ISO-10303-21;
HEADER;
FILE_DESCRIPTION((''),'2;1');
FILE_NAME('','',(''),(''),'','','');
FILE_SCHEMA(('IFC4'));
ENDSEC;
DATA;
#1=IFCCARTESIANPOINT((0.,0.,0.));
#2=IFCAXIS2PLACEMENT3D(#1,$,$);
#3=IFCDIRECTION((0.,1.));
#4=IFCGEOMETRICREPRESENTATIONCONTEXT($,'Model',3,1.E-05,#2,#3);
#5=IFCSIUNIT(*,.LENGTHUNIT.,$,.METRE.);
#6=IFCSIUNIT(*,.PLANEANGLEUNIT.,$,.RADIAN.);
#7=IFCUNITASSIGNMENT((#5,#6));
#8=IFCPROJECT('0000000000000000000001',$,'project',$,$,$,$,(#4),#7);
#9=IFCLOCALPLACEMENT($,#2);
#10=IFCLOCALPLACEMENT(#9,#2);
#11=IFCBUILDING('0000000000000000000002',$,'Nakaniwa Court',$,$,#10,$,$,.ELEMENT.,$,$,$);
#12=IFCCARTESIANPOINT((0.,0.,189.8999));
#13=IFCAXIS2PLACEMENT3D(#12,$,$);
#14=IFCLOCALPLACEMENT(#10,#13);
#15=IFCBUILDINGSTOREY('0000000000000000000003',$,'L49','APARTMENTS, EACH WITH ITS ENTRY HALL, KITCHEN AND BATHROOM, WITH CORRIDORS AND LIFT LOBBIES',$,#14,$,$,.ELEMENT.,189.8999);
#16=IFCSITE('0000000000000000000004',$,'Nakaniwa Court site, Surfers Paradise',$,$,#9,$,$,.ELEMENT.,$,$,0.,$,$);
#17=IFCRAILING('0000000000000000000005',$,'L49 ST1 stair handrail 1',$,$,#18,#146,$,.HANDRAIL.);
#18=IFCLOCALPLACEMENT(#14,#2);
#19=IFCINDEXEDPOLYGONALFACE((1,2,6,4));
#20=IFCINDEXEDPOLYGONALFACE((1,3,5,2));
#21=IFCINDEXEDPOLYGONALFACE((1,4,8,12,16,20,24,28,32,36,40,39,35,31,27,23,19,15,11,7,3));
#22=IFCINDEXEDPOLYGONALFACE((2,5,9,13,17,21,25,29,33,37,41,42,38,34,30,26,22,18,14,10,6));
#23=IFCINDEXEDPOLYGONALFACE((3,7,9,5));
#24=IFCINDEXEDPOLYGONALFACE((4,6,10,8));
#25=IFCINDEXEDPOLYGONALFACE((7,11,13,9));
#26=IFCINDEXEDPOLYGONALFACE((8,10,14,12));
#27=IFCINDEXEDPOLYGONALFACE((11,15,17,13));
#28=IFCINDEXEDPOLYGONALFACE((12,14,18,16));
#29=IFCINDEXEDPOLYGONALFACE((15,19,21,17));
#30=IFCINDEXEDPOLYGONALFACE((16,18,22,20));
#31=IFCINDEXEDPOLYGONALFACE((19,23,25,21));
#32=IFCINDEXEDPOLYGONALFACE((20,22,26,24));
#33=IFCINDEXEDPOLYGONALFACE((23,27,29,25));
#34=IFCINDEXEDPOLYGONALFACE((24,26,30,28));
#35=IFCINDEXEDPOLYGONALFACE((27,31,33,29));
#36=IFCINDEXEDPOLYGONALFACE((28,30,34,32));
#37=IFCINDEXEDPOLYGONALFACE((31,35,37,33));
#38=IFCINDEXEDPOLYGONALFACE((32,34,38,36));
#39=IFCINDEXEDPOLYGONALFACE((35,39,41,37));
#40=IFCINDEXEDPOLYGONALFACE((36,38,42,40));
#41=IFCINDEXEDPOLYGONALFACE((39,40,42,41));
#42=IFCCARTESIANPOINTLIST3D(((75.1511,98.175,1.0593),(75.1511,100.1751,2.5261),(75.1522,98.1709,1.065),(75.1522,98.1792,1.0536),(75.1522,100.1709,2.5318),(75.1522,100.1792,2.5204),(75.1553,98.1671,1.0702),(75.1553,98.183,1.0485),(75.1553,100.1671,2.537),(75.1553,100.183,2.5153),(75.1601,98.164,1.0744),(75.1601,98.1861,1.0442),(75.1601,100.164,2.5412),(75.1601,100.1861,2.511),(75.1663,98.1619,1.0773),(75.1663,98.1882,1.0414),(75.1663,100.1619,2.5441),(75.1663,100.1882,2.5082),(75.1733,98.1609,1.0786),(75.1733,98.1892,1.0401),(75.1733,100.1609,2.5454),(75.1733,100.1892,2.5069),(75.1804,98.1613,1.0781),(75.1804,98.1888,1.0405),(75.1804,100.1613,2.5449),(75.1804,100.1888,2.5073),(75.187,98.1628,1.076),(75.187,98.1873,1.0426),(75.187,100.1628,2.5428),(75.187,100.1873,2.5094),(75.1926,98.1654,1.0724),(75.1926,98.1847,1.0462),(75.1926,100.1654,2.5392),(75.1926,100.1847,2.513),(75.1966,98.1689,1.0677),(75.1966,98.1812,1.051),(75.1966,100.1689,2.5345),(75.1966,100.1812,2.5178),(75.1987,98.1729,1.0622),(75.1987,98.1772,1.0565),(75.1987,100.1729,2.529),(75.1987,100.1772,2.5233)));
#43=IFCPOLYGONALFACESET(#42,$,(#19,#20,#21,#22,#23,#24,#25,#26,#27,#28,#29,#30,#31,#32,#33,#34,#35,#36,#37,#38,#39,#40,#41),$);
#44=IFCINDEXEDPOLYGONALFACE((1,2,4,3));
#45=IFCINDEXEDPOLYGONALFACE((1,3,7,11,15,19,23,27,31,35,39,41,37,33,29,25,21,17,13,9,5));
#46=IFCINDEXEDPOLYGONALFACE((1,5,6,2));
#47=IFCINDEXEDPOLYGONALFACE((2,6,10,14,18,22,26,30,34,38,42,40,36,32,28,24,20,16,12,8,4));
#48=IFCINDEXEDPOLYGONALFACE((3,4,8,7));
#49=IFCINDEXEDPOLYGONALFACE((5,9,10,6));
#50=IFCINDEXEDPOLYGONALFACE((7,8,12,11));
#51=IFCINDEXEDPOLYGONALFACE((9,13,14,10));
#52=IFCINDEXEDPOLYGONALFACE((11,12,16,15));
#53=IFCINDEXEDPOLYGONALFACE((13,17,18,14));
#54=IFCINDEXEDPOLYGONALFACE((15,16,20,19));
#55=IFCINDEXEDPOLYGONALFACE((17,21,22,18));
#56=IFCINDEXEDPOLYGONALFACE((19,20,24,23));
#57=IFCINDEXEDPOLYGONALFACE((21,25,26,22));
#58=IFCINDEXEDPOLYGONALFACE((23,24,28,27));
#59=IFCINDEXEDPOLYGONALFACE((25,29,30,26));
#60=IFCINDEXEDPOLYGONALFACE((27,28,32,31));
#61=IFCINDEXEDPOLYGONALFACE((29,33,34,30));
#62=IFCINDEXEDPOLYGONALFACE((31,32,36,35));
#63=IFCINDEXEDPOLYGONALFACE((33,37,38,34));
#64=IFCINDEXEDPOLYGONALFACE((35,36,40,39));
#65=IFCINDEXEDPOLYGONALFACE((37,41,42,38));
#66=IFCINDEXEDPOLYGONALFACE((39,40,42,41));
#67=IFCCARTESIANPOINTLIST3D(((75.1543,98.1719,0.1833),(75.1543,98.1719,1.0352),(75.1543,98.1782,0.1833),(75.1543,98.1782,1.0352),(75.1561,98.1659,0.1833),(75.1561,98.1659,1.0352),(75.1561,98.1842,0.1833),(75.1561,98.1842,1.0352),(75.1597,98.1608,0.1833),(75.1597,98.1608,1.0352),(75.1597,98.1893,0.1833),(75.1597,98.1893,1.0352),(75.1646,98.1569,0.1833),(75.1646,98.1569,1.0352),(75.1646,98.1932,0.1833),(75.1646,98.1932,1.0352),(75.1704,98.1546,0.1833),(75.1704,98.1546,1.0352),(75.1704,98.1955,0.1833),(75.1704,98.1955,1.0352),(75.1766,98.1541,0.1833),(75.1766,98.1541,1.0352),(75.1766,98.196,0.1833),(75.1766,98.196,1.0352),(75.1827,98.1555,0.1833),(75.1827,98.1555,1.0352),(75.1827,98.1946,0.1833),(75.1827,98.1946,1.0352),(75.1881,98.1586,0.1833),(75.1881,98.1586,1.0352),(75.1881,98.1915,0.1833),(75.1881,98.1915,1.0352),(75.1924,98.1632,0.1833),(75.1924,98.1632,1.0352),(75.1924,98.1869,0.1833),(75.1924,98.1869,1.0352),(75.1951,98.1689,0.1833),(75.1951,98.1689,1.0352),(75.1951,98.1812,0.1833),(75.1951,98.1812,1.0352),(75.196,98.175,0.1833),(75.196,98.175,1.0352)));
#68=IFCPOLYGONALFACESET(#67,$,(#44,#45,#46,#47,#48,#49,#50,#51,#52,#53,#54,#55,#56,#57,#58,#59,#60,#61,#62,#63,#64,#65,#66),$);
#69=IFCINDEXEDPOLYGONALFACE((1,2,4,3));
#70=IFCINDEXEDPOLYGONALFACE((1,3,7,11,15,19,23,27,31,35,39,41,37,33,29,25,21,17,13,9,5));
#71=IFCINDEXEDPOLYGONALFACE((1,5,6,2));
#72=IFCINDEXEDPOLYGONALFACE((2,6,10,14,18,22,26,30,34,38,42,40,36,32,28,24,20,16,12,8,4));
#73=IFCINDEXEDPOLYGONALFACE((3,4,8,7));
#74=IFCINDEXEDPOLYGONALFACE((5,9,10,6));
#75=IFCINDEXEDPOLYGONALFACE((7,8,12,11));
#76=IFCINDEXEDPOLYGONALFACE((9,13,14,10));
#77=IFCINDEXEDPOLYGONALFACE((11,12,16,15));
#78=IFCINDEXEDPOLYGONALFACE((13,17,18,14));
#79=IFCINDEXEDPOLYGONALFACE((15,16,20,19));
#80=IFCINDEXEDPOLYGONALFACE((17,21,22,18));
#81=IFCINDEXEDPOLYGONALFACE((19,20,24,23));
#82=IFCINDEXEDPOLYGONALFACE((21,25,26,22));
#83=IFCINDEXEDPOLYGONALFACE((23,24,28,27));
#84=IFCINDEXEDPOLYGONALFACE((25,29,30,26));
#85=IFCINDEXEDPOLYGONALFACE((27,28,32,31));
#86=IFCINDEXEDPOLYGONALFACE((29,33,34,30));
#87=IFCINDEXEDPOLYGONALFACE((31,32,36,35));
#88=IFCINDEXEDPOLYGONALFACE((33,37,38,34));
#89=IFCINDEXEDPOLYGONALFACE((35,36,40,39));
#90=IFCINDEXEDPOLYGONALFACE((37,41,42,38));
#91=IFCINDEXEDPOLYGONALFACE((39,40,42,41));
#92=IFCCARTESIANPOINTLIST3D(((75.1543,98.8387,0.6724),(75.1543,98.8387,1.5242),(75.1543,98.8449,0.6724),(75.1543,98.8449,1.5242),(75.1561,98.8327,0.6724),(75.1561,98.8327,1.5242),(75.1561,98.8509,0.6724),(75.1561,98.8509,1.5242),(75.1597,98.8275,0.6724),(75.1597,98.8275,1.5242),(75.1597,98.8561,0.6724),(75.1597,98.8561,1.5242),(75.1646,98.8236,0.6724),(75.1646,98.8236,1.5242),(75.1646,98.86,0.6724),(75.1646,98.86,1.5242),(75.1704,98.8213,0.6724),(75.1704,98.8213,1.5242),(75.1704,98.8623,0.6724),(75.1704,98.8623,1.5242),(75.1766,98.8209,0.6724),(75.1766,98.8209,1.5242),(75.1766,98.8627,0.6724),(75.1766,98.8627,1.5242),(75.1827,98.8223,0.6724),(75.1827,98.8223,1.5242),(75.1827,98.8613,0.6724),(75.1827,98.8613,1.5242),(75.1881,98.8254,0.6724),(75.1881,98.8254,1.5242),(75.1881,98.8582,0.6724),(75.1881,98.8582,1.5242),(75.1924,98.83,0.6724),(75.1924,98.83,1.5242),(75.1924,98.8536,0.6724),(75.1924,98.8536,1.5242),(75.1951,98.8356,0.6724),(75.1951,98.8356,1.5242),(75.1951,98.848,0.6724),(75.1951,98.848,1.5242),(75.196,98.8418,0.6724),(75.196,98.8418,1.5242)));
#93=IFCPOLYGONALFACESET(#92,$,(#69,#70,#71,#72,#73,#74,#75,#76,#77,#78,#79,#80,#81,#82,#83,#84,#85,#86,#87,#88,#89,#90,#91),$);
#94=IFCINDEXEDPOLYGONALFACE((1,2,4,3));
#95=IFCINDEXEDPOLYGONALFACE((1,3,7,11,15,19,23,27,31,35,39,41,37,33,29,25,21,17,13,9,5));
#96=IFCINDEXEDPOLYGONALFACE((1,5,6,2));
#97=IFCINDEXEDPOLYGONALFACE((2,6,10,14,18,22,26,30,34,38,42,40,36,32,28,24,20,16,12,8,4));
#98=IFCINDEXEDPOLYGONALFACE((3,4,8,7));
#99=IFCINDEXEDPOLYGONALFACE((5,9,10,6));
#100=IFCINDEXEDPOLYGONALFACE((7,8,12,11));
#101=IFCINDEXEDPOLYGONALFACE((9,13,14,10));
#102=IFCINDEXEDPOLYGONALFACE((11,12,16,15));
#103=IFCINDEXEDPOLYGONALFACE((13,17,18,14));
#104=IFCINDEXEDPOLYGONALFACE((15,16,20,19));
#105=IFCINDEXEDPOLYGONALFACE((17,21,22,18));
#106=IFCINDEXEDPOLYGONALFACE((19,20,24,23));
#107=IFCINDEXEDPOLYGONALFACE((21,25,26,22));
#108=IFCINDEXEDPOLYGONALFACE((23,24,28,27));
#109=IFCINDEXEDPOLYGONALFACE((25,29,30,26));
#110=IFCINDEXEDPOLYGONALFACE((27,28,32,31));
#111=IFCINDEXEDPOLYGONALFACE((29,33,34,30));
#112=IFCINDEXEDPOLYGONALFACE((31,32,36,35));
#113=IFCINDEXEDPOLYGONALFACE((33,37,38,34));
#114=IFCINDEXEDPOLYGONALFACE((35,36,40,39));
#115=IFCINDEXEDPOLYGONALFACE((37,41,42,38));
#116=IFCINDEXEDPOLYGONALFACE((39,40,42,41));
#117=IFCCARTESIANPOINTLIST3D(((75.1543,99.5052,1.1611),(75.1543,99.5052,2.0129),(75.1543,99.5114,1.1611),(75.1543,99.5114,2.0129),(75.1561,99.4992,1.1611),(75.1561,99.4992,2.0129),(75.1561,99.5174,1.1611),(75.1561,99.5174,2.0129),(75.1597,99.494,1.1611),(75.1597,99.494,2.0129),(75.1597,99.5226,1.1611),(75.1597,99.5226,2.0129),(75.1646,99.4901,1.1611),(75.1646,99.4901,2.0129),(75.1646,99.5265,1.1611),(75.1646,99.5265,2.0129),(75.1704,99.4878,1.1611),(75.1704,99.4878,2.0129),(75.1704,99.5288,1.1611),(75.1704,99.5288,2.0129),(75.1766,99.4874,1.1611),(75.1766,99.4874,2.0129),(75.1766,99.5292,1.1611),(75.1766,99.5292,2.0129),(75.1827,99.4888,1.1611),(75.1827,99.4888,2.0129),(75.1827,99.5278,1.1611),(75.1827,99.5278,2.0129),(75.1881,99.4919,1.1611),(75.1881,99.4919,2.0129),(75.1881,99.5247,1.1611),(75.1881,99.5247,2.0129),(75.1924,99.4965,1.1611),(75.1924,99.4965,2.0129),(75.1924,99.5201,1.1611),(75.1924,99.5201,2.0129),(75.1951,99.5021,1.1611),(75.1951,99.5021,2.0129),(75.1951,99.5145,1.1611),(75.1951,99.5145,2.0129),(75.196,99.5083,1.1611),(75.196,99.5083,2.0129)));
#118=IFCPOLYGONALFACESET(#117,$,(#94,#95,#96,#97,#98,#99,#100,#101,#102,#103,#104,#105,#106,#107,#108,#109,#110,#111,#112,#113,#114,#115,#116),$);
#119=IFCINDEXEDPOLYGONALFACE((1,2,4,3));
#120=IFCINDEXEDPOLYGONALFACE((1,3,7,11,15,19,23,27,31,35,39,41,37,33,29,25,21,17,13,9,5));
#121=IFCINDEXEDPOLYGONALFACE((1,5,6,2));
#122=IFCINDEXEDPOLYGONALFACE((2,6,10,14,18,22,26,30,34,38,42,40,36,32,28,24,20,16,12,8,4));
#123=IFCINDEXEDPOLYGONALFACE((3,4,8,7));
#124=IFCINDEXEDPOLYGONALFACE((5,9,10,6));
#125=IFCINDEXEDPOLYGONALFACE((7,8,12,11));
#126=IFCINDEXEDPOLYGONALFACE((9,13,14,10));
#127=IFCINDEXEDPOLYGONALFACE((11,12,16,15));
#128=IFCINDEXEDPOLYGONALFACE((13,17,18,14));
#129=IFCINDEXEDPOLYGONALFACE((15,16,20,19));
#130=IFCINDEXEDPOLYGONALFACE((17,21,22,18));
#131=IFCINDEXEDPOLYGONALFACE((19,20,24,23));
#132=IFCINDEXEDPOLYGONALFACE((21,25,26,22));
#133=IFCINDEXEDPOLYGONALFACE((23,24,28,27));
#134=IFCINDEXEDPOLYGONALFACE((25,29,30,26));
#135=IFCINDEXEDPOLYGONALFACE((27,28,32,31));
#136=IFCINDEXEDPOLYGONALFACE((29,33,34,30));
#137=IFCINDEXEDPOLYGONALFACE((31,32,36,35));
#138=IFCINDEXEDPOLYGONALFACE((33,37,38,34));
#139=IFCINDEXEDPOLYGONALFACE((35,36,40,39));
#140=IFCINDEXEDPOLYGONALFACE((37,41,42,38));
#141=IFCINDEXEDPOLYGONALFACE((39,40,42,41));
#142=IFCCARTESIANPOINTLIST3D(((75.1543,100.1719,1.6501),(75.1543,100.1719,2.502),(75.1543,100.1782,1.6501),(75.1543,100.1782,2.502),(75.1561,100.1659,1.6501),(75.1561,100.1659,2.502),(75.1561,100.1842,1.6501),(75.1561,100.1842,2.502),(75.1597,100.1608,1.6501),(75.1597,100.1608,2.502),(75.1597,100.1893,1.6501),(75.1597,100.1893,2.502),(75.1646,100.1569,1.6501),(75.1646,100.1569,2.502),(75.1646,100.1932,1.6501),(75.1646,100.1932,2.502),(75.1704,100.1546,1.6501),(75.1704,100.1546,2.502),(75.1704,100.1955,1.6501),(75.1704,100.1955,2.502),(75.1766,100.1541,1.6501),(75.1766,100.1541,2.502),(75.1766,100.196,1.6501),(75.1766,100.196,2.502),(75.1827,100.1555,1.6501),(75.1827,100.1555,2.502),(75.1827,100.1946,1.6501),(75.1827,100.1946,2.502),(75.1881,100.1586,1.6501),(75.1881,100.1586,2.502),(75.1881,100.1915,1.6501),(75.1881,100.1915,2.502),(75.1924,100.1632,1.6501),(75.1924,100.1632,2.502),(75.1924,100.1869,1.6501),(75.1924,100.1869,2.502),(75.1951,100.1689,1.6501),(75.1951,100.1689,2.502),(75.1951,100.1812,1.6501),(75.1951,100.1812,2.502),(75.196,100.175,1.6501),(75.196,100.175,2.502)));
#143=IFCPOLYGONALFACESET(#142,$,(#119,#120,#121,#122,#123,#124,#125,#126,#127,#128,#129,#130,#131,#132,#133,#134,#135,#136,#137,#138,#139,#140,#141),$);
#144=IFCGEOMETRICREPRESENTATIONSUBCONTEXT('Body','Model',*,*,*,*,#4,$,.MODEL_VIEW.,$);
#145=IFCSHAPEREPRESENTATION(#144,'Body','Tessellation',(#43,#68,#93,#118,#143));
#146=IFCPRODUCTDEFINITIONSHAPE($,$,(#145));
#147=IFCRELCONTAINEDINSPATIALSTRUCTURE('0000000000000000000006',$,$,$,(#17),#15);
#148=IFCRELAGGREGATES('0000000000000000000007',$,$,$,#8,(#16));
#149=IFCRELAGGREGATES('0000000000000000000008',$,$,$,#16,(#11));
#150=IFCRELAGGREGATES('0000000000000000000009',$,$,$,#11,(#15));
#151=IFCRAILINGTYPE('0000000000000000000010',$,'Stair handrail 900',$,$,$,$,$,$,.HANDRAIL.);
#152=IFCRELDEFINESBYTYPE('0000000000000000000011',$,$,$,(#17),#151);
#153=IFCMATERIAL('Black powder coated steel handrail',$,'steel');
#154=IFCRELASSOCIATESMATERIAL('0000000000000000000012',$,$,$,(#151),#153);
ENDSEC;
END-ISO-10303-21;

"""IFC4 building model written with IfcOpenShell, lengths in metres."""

from ifc_helpers import new_model, si_unit, direction, frame, origin, origin_2d, place, context, subcontext, project, spatial, circle, extrude, material, type_object, element, save


model = new_model("IFC4")

# Units and contexts
model_context = context("Model", 3, precision=1e-05, world=origin(), true_north=direction((0.0, 1.0)))
body_context = subcontext(model_context, "Body", "Model", "MODEL_VIEW")
ifc_project = project(units=[si_unit("LENGTHUNIT", "METRE"), si_unit("PLANEANGLEUNIT", "RADIAN")], contexts=[model_context])

# Site, building, storey
site_placement = place(None, origin())
site = spatial("IfcSite", under=ifc_project, at=site_placement, Name="Nakaniwa Court site, Surfers Paradise", CompositionType="ELEMENT", RefElevation=0.0)
building_placement = place(site_placement, origin())
building = spatial("IfcBuilding", under=site, at=building_placement, Name="Nakaniwa Court", CompositionType="ELEMENT")
storey_placement = place(building_placement, frame((0.0, 0.0, 189.8999)))
storey = spatial("IfcBuildingStorey", under=building, at=storey_placement, Name="L49", Description="APARTMENTS, EACH WITH ITS ENTRY HALL, KITCHEN AND BATHROOM, WITH CORRIDORS AND LIFT LOBBIES", CompositionType="ELEMENT", Elevation=189.8999)

# Railing
ifc_material_1 = material(Name="Black powder coated steel handrail", Category="steel")
railing_type_1 = type_object("IfcRailingType", Name="Stair handrail 900", PredefinedType="HANDRAIL", material=ifc_material_1)
railing_1_placement = place(storey_placement, frame((75.175, 98.175, 0.1833)))
element("IfcRailing", 1, at=railing_1_placement, inside=storey, type_object=railing_type_1, Name="L49 ST1 stair handrail 1", PredefinedType="HANDRAIL", context=body_context, shape_type="SweptSolid", body=[
    extrude(circle(Radius=0.0239, at=origin_2d()), frame((0.0, 0.0, 0.876), z_axis=(0.0, 0.80638, 0.591398), x_axis=(-1.0, 0.0, 0.0)), (0.0, 0.0, 1.0), 2.4802),
    extrude(circle(Radius=0.021, at=origin_2d()), origin(), (0.0, 0.0, 1.0), 0.8518),
    extrude(circle(Radius=0.021, at=origin_2d()), frame((0.0, 0.6667, 0.489)), (0.0, 0.0, 1.0), 0.8518),
    extrude(circle(Radius=0.021, at=origin_2d()), frame((0.0, 1.3333, 0.9778)), (0.0, 0.0, 1.0), 0.8518),
    extrude(circle(Radius=0.021, at=origin_2d()), frame((0.0, 2.0, 1.4668)), (0.0, 0.0, 1.0), 0.8518),
])

save(model, "model.ifc")
